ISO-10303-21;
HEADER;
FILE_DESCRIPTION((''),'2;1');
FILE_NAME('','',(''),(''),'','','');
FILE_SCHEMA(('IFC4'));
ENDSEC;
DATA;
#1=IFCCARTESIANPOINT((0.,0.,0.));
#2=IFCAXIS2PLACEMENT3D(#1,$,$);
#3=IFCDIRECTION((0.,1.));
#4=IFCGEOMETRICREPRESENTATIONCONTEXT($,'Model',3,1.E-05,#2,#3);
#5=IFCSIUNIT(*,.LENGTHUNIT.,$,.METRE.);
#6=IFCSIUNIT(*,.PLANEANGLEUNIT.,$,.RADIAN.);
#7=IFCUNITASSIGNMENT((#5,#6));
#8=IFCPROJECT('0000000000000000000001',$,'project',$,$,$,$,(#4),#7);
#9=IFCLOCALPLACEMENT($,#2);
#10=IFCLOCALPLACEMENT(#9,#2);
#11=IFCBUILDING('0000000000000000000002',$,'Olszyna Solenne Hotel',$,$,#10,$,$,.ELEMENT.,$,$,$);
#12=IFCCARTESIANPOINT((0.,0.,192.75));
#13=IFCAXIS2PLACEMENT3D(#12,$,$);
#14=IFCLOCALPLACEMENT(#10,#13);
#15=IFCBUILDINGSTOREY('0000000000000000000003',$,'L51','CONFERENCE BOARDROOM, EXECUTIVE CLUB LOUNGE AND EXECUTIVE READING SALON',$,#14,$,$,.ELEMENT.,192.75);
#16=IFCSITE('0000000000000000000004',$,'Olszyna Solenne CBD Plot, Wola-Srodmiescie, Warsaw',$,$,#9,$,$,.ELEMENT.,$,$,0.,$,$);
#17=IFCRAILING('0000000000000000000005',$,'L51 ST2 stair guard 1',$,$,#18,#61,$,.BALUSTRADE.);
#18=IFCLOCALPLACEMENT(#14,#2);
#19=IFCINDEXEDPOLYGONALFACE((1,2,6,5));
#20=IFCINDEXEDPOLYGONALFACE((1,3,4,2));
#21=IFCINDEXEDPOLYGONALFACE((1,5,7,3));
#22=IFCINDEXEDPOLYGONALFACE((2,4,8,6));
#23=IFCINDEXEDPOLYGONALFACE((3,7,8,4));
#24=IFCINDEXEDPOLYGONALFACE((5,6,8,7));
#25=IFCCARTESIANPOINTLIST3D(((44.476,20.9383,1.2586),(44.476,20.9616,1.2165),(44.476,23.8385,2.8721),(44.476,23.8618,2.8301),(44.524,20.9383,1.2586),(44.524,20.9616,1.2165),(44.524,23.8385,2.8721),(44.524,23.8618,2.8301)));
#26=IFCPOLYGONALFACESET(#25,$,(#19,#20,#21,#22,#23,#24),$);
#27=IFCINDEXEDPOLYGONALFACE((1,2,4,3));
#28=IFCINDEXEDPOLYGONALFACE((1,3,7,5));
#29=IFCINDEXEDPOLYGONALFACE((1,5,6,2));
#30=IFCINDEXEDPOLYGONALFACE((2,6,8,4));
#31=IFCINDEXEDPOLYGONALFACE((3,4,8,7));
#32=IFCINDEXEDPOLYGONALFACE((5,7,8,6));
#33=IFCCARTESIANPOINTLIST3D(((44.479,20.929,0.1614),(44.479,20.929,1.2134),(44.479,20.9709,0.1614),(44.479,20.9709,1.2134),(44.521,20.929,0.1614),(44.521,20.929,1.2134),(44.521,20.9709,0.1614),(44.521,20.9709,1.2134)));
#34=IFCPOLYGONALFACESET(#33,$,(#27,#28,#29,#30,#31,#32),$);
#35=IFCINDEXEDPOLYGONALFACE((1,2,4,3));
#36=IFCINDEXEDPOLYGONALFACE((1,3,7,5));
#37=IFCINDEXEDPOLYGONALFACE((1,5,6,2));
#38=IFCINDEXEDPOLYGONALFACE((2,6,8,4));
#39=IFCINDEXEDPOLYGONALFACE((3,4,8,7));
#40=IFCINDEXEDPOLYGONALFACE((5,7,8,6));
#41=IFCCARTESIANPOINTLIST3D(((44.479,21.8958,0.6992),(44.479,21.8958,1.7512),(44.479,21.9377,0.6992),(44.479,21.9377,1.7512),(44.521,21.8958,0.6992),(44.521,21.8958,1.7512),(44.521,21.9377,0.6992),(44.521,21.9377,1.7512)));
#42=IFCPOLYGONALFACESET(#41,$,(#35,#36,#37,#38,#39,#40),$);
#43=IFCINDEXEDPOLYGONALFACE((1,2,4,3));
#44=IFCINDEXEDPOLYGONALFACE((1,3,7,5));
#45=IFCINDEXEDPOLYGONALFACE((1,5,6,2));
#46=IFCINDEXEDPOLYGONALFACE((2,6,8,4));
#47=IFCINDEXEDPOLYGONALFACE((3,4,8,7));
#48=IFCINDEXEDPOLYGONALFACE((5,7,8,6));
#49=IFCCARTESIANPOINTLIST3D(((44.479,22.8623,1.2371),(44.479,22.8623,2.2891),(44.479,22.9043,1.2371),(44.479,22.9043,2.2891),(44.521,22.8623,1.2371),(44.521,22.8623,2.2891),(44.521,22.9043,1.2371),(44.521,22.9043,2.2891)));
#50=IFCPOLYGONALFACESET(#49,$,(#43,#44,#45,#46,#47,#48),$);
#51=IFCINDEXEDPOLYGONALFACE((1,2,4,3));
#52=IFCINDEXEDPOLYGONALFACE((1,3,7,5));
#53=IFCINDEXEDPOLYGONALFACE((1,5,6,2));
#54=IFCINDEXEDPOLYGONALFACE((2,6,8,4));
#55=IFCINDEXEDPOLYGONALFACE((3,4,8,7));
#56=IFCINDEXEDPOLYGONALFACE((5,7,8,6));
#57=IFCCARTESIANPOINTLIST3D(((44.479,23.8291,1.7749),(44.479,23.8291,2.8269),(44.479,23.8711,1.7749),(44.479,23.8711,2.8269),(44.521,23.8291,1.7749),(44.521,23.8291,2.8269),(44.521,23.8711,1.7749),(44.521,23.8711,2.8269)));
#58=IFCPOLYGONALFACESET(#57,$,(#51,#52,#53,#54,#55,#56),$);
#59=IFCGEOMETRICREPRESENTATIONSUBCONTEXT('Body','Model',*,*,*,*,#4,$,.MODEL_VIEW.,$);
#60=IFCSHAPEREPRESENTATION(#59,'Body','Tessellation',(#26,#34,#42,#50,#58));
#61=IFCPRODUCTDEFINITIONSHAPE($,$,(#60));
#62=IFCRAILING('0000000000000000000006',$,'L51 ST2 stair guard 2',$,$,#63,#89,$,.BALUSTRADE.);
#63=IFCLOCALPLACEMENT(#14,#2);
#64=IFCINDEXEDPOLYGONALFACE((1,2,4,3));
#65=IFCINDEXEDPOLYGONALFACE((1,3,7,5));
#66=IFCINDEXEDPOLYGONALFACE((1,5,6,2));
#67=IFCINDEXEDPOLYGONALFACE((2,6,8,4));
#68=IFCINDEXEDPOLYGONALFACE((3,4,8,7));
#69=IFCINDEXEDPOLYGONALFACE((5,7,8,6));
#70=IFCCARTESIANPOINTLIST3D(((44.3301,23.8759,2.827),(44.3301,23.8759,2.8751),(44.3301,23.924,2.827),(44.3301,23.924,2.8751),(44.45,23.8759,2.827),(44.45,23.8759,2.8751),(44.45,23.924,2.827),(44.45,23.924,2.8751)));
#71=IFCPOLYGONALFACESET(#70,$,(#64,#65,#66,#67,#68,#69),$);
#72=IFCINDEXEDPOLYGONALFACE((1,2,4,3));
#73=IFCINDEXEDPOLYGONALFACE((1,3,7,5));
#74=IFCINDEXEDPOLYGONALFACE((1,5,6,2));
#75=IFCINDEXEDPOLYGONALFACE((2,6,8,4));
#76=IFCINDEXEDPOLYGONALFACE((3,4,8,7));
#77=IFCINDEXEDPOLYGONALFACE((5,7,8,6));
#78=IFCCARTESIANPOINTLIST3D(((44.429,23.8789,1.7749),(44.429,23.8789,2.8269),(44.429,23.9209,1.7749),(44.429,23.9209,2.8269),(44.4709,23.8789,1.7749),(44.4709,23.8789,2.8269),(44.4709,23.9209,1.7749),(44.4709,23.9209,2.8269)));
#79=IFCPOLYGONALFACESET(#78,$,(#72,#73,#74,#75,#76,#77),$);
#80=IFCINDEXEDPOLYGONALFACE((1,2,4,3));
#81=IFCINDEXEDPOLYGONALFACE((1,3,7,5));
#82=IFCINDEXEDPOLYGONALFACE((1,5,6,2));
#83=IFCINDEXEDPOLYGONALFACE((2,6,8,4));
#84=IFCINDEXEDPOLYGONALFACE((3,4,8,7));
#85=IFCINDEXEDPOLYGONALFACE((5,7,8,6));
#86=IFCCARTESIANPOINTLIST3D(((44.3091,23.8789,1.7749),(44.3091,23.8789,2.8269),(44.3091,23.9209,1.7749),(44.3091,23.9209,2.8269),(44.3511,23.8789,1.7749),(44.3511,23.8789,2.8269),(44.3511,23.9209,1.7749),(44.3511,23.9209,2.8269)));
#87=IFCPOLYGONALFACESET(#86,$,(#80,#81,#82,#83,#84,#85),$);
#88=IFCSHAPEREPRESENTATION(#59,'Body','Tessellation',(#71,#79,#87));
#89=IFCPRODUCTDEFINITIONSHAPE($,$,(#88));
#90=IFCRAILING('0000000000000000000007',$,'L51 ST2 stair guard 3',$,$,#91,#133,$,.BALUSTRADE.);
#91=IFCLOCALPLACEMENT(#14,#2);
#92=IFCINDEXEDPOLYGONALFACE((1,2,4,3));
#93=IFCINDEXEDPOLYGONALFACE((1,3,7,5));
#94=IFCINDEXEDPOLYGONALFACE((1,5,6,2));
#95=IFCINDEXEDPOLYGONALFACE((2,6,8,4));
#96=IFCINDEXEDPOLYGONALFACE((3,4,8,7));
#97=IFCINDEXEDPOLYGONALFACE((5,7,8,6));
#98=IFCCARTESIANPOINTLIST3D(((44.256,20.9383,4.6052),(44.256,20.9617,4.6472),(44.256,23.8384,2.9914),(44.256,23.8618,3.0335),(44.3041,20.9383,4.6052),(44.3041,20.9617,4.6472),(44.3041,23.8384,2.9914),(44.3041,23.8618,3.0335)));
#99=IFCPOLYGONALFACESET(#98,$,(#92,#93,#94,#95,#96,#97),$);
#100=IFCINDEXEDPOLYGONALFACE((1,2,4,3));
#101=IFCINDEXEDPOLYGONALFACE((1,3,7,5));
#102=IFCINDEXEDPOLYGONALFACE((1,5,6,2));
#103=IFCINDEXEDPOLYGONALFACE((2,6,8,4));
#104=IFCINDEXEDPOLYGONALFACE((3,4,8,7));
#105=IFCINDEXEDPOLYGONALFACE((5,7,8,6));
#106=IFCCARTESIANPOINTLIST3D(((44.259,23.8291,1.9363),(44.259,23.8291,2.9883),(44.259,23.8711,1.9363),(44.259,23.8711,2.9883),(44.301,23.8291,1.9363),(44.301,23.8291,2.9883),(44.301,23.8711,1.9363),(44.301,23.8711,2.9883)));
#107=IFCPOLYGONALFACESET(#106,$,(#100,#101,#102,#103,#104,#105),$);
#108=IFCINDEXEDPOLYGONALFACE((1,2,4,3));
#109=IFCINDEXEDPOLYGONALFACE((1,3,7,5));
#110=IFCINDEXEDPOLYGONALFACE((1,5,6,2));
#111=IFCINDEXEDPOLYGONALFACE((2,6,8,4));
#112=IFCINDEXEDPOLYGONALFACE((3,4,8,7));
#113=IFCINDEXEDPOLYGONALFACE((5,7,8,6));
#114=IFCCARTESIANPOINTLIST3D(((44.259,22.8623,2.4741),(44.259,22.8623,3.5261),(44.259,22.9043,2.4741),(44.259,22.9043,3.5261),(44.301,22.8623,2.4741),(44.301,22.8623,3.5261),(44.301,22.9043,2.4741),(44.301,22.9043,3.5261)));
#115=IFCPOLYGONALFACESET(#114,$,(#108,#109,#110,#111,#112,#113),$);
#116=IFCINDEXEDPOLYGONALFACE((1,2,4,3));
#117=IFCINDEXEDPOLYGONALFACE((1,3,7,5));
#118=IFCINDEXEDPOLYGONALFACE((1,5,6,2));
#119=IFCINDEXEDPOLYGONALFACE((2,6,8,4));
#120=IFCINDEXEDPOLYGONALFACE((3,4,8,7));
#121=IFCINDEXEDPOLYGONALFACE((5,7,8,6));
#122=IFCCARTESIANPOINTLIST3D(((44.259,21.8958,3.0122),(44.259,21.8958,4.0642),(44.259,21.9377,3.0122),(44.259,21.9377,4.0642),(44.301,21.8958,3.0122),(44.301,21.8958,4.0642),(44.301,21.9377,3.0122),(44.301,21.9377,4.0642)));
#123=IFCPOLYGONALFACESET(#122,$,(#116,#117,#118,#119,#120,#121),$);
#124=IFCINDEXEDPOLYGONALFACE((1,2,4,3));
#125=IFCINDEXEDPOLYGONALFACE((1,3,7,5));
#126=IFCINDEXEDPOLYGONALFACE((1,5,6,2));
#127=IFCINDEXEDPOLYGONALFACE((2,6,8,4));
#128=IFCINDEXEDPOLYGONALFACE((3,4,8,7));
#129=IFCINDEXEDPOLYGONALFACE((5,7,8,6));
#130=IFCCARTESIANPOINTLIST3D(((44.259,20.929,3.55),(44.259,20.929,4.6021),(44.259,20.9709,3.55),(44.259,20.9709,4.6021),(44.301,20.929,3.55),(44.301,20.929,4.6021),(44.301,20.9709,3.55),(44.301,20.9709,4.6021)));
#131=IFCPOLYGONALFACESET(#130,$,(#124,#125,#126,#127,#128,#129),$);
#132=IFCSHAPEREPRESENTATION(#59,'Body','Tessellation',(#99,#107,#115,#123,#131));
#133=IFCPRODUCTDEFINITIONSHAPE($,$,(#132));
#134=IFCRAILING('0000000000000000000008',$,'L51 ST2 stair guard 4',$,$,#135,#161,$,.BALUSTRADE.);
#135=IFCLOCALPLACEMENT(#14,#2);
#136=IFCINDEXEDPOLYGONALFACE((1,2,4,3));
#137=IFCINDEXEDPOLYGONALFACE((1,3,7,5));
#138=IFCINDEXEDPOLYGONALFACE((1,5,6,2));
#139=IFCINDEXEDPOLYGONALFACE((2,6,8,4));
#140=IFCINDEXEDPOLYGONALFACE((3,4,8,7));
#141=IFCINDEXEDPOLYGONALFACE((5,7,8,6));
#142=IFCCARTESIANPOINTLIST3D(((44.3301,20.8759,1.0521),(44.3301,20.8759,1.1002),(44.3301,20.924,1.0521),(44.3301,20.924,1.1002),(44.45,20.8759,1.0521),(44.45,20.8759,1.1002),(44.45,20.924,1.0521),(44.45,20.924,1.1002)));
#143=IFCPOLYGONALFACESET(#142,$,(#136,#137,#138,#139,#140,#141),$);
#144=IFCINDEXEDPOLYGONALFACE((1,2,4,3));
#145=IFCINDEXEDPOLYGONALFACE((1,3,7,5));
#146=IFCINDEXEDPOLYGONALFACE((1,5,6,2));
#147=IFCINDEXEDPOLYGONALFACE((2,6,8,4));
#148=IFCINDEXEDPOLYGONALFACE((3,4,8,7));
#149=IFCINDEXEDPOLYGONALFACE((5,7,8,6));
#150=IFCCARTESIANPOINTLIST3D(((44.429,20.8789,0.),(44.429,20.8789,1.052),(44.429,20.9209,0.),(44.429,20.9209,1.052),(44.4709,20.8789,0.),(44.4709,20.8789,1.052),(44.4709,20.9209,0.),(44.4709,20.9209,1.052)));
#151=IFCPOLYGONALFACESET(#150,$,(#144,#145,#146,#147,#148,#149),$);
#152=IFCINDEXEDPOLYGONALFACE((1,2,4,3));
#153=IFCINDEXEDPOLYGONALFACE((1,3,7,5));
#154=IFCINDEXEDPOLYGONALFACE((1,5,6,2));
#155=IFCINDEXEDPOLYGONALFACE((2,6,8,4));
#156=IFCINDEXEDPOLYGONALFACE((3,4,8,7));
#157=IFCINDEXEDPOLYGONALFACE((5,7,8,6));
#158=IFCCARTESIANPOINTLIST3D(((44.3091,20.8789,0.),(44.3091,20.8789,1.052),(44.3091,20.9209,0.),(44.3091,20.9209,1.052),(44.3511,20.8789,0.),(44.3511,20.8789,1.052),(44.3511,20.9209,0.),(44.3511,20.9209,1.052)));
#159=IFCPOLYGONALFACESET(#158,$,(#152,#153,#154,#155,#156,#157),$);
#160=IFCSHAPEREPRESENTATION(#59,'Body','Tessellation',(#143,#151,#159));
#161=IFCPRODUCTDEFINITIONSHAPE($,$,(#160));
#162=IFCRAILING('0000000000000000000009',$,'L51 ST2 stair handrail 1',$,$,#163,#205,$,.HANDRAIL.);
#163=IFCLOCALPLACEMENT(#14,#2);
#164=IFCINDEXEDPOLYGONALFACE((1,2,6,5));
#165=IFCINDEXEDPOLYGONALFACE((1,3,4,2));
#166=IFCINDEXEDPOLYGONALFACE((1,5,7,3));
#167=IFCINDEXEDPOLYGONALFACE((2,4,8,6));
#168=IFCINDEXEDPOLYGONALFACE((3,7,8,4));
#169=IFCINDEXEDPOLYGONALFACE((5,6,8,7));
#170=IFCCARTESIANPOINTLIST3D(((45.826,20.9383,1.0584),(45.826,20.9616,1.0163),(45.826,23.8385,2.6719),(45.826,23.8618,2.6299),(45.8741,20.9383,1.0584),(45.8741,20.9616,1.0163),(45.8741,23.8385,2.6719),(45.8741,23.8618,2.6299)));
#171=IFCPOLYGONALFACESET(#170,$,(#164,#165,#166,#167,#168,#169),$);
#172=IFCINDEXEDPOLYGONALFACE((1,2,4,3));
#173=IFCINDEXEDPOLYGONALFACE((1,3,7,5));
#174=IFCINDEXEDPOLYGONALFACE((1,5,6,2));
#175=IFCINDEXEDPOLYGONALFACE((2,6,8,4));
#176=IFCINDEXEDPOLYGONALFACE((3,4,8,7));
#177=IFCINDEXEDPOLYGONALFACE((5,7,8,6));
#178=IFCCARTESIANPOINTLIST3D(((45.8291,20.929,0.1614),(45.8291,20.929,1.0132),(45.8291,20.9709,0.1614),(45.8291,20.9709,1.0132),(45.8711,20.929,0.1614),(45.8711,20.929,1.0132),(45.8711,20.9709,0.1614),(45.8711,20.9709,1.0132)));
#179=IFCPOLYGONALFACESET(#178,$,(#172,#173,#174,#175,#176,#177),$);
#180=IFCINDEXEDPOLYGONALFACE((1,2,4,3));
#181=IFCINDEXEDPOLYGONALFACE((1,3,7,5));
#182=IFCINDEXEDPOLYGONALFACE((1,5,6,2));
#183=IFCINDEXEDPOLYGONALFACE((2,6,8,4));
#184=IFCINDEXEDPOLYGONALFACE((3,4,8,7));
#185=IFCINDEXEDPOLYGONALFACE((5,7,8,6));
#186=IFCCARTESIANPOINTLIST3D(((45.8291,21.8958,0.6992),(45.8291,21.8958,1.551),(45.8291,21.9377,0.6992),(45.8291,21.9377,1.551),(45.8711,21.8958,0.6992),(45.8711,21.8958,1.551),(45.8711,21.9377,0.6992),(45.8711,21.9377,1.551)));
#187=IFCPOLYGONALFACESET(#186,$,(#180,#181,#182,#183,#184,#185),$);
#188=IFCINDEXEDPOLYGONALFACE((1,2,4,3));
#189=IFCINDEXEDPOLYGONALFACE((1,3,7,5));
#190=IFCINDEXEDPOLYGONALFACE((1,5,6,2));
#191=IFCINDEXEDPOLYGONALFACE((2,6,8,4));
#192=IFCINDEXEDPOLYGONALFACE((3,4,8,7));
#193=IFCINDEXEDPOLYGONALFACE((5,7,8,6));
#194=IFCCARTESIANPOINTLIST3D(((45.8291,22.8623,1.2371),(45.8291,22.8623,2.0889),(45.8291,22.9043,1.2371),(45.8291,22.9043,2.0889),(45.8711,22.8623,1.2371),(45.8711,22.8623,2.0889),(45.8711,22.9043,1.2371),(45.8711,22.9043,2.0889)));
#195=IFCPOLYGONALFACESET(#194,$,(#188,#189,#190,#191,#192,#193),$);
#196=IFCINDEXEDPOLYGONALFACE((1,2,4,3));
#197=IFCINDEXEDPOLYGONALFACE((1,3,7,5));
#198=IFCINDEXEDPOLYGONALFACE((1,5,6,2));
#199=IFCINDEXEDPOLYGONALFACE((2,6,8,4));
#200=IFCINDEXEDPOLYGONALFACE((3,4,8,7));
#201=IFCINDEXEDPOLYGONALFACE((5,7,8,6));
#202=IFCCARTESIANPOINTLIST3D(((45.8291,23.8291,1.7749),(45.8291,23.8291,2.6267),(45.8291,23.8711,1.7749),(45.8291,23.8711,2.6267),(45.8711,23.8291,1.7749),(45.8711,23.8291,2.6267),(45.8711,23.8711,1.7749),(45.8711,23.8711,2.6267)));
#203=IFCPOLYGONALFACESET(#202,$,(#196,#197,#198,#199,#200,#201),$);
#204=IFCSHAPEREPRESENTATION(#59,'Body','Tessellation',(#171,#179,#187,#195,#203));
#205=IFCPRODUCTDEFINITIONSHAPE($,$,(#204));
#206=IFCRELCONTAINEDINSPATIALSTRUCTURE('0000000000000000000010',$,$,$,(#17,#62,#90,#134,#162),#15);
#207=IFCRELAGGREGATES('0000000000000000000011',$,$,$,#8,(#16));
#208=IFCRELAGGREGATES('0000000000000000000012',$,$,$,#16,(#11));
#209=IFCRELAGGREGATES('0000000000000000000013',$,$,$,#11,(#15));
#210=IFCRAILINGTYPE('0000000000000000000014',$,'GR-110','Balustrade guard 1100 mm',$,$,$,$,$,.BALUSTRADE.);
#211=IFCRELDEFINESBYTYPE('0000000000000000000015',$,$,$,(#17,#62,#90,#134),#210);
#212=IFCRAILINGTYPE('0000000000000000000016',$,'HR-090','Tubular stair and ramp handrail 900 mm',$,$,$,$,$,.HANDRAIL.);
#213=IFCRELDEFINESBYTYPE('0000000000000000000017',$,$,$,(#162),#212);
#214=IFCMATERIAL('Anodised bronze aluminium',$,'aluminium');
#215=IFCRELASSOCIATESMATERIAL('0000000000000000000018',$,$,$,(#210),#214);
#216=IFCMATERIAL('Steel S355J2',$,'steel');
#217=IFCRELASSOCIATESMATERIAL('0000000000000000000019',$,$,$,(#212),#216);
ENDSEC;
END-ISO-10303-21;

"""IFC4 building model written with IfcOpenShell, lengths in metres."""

from ifc_helpers import new_model, si_unit, direction, frame, origin, origin_2d, place, context, subcontext, project, spatial, rectangle, extrude, material, type_object, element, save


model = new_model("IFC4")

# Units and contexts
model_context = context("Model", 3, precision=1e-05, world=origin(), true_north=direction((0.0, 1.0)))
body_context = subcontext(model_context, "Body", "Model", "MODEL_VIEW")
ifc_project = project(units=[si_unit("LENGTHUNIT", "METRE"), si_unit("PLANEANGLEUNIT", "RADIAN")], contexts=[model_context])

# Site, building, storey
site_placement = place(None, origin())
site = spatial("IfcSite", under=ifc_project, at=site_placement, Name="Olszyna Solenne CBD Plot, Wola-Srodmiescie, Warsaw", CompositionType="ELEMENT", RefElevation=0.0)
building_placement = place(site_placement, origin())
building = spatial("IfcBuilding", under=site, at=building_placement, Name="Olszyna Solenne Hotel", CompositionType="ELEMENT")
storey_placement = place(building_placement, frame((0.0, 0.0, 192.75)))
storey = spatial("IfcBuildingStorey", under=building, at=storey_placement, Name="L51", Description="CONFERENCE BOARDROOM, EXECUTIVE CLUB LOUNGE AND EXECUTIVE READING SALON", CompositionType="ELEMENT", Elevation=192.75)

# Shared definitions
ifc_material_1 = material(Name="Steel S355J2", Category="steel")

# Shared definitions
ifc_material_2 = material(Name="Anodised bronze aluminium", Category="aluminium")

# Railings
railing_type_1 = type_object("IfcRailingType", Name="GR-110", Description="Balustrade guard 1100 mm", PredefinedType="BALUSTRADE", material=ifc_material_2)
railing_1_placement = place(storey_placement, frame((44.5, 20.95, 0.1614)))
element("IfcRailing", 1, at=railing_1_placement, inside=storey, type_object=railing_type_1, Name="L51 ST2 stair guard 1", PredefinedType="BALUSTRADE", context=body_context, shape_type="SweptSolid", body=[
    extrude(rectangle(XDim=0.0481, YDim=0.0481, at=origin_2d()), frame((0.0, 0.0, 1.0762), z_axis=(0.0, 0.873859, 0.48618), x_axis=(-1.0, 0.0, 0.0)), (0.0, 0.0, 1.0), 3.3188),
    extrude(rectangle(XDim=0.042, YDim=0.042, at=origin_2d()), origin(), (0.0, 0.0, 1.0), 1.052),
    extrude(rectangle(XDim=0.042, YDim=0.042, at=origin_2d()), frame((0.0, 0.9668, 0.5378)), (0.0, 0.0, 1.0), 1.052),
    extrude(rectangle(XDim=0.042, YDim=0.042, at=origin_2d()), frame((0.0, 1.9333, 1.0757)), (0.0, 0.0, 1.0), 1.052),
    extrude(rectangle(XDim=0.042, YDim=0.042, at=origin_2d()), frame((0.0, 2.9001, 1.6135)), (0.0, 0.0, 1.0), 1.052),
])
railing_2_placement = place(storey_placement, frame((44.45, 23.8999, 1.7749)))
element("IfcRailing", 2, at=railing_2_placement, inside=storey, type_object=railing_type_1, Name="L51 ST2 stair guard 2", PredefinedType="BALUSTRADE", context=body_context, shape_type="SweptSolid", body=[
    extrude(rectangle(XDim=0.0481, YDim=0.0481, at=origin_2d()), frame((0.0, 0.0, 1.0762), z_axis=(-1.0, 0.0, 0.0), x_axis=(0.0, -1.0, 0.0)), (0.0, 0.0, 1.0), 0.1199),
    extrude(rectangle(XDim=0.042, YDim=0.042, at=origin_2d()), origin(), (0.0, 0.0, 1.0), 1.052),
    extrude(rectangle(XDim=0.042, YDim=0.042, at=origin_2d()), frame((-0.1199, 0.0, 0.0)), (0.0, 0.0, 1.0), 1.052),
])
railing_3_placement = place(storey_placement, frame((44.28, 23.8501, 1.9363)))
element("IfcRailing", 3, at=railing_3_placement, inside=storey, type_object=railing_type_1, Name="L51 ST2 stair guard 3", PredefinedType="BALUSTRADE", context=body_context, shape_type="SweptSolid", body=[
    extrude(rectangle(XDim=0.0481, YDim=0.0481, at=origin_2d()), frame((0.0, 0.0, 1.0762), z_axis=(0.0, -0.873827, 0.486236), x_axis=(1.0, 0.0, 0.0)), (0.0, 0.0, 1.0), 3.3188),
    extrude(rectangle(XDim=0.042, YDim=0.042, at=origin_2d()), origin(), (0.0, 0.0, 1.0), 1.052),
    extrude(rectangle(XDim=0.042, YDim=0.042, at=origin_2d()), frame((0.0, -0.9668, 0.5378)), (0.0, 0.0, 1.0), 1.052),
    extrude(rectangle(XDim=0.042, YDim=0.042, at=origin_2d()), frame((0.0, -1.9333, 1.0759)), (0.0, 0.0, 1.0), 1.052),
    extrude(rectangle(XDim=0.042, YDim=0.042, at=origin_2d()), frame((0.0, -2.9001, 1.6138)), (0.0, 0.0, 1.0), 1.052),
])
railing_4_placement = place(storey_placement, frame((44.45, 20.8999, 0.0)))
element("IfcRailing", 4, at=railing_4_placement, inside=storey, type_object=railing_type_1, Name="L51 ST2 stair guard 4", PredefinedType="BALUSTRADE", context=body_context, shape_type="SweptSolid", body=[
    extrude(rectangle(XDim=0.0481, YDim=0.0481, at=origin_2d()), frame((0.0, 0.0, 1.0762), z_axis=(-1.0, 0.0, 0.0), x_axis=(0.0, -1.0, 0.0)), (0.0, 0.0, 1.0), 0.1199),
    extrude(rectangle(XDim=0.042, YDim=0.042, at=origin_2d()), origin(), (0.0, 0.0, 1.0), 1.052),
    extrude(rectangle(XDim=0.042, YDim=0.042, at=origin_2d()), frame((-0.1199, 0.0, 0.0)), (0.0, 0.0, 1.0), 1.052),
])
railing_type_2 = type_object("IfcRailingType", Name="HR-090", Description="Tubular stair and ramp handrail 900 mm", PredefinedType="HANDRAIL", material=ifc_material_1)
railing_5_placement = place(storey_placement, frame((45.8501, 20.95, 0.1614)))
element("IfcRailing", 5, at=railing_5_placement, inside=storey, type_object=railing_type_2, Name="L51 ST2 stair handrail 1", PredefinedType="HANDRAIL", context=body_context, shape_type="SweptSolid", body=[
    extrude(rectangle(XDim=0.0481, YDim=0.0481, at=origin_2d()), frame((0.0, 0.0, 0.876), z_axis=(0.0, 0.873859, 0.48618), x_axis=(-1.0, 0.0, 0.0)), (0.0, 0.0, 1.0), 3.3188),
    extrude(rectangle(XDim=0.042, YDim=0.042, at=origin_2d()), origin(), (0.0, 0.0, 1.0), 0.8518),
    extrude(rectangle(XDim=0.042, YDim=0.042, at=origin_2d()), frame((0.0, 0.9668, 0.5378)), (0.0, 0.0, 1.0), 0.8518),
    extrude(rectangle(XDim=0.042, YDim=0.042, at=origin_2d()), frame((0.0, 1.9333, 1.0757)), (0.0, 0.0, 1.0), 0.8518),
    extrude(rectangle(XDim=0.042, YDim=0.042, at=origin_2d()), frame((0.0, 2.9001, 1.6135)), (0.0, 0.0, 1.0), 0.8518),
])

save(model, "model.ifc")
